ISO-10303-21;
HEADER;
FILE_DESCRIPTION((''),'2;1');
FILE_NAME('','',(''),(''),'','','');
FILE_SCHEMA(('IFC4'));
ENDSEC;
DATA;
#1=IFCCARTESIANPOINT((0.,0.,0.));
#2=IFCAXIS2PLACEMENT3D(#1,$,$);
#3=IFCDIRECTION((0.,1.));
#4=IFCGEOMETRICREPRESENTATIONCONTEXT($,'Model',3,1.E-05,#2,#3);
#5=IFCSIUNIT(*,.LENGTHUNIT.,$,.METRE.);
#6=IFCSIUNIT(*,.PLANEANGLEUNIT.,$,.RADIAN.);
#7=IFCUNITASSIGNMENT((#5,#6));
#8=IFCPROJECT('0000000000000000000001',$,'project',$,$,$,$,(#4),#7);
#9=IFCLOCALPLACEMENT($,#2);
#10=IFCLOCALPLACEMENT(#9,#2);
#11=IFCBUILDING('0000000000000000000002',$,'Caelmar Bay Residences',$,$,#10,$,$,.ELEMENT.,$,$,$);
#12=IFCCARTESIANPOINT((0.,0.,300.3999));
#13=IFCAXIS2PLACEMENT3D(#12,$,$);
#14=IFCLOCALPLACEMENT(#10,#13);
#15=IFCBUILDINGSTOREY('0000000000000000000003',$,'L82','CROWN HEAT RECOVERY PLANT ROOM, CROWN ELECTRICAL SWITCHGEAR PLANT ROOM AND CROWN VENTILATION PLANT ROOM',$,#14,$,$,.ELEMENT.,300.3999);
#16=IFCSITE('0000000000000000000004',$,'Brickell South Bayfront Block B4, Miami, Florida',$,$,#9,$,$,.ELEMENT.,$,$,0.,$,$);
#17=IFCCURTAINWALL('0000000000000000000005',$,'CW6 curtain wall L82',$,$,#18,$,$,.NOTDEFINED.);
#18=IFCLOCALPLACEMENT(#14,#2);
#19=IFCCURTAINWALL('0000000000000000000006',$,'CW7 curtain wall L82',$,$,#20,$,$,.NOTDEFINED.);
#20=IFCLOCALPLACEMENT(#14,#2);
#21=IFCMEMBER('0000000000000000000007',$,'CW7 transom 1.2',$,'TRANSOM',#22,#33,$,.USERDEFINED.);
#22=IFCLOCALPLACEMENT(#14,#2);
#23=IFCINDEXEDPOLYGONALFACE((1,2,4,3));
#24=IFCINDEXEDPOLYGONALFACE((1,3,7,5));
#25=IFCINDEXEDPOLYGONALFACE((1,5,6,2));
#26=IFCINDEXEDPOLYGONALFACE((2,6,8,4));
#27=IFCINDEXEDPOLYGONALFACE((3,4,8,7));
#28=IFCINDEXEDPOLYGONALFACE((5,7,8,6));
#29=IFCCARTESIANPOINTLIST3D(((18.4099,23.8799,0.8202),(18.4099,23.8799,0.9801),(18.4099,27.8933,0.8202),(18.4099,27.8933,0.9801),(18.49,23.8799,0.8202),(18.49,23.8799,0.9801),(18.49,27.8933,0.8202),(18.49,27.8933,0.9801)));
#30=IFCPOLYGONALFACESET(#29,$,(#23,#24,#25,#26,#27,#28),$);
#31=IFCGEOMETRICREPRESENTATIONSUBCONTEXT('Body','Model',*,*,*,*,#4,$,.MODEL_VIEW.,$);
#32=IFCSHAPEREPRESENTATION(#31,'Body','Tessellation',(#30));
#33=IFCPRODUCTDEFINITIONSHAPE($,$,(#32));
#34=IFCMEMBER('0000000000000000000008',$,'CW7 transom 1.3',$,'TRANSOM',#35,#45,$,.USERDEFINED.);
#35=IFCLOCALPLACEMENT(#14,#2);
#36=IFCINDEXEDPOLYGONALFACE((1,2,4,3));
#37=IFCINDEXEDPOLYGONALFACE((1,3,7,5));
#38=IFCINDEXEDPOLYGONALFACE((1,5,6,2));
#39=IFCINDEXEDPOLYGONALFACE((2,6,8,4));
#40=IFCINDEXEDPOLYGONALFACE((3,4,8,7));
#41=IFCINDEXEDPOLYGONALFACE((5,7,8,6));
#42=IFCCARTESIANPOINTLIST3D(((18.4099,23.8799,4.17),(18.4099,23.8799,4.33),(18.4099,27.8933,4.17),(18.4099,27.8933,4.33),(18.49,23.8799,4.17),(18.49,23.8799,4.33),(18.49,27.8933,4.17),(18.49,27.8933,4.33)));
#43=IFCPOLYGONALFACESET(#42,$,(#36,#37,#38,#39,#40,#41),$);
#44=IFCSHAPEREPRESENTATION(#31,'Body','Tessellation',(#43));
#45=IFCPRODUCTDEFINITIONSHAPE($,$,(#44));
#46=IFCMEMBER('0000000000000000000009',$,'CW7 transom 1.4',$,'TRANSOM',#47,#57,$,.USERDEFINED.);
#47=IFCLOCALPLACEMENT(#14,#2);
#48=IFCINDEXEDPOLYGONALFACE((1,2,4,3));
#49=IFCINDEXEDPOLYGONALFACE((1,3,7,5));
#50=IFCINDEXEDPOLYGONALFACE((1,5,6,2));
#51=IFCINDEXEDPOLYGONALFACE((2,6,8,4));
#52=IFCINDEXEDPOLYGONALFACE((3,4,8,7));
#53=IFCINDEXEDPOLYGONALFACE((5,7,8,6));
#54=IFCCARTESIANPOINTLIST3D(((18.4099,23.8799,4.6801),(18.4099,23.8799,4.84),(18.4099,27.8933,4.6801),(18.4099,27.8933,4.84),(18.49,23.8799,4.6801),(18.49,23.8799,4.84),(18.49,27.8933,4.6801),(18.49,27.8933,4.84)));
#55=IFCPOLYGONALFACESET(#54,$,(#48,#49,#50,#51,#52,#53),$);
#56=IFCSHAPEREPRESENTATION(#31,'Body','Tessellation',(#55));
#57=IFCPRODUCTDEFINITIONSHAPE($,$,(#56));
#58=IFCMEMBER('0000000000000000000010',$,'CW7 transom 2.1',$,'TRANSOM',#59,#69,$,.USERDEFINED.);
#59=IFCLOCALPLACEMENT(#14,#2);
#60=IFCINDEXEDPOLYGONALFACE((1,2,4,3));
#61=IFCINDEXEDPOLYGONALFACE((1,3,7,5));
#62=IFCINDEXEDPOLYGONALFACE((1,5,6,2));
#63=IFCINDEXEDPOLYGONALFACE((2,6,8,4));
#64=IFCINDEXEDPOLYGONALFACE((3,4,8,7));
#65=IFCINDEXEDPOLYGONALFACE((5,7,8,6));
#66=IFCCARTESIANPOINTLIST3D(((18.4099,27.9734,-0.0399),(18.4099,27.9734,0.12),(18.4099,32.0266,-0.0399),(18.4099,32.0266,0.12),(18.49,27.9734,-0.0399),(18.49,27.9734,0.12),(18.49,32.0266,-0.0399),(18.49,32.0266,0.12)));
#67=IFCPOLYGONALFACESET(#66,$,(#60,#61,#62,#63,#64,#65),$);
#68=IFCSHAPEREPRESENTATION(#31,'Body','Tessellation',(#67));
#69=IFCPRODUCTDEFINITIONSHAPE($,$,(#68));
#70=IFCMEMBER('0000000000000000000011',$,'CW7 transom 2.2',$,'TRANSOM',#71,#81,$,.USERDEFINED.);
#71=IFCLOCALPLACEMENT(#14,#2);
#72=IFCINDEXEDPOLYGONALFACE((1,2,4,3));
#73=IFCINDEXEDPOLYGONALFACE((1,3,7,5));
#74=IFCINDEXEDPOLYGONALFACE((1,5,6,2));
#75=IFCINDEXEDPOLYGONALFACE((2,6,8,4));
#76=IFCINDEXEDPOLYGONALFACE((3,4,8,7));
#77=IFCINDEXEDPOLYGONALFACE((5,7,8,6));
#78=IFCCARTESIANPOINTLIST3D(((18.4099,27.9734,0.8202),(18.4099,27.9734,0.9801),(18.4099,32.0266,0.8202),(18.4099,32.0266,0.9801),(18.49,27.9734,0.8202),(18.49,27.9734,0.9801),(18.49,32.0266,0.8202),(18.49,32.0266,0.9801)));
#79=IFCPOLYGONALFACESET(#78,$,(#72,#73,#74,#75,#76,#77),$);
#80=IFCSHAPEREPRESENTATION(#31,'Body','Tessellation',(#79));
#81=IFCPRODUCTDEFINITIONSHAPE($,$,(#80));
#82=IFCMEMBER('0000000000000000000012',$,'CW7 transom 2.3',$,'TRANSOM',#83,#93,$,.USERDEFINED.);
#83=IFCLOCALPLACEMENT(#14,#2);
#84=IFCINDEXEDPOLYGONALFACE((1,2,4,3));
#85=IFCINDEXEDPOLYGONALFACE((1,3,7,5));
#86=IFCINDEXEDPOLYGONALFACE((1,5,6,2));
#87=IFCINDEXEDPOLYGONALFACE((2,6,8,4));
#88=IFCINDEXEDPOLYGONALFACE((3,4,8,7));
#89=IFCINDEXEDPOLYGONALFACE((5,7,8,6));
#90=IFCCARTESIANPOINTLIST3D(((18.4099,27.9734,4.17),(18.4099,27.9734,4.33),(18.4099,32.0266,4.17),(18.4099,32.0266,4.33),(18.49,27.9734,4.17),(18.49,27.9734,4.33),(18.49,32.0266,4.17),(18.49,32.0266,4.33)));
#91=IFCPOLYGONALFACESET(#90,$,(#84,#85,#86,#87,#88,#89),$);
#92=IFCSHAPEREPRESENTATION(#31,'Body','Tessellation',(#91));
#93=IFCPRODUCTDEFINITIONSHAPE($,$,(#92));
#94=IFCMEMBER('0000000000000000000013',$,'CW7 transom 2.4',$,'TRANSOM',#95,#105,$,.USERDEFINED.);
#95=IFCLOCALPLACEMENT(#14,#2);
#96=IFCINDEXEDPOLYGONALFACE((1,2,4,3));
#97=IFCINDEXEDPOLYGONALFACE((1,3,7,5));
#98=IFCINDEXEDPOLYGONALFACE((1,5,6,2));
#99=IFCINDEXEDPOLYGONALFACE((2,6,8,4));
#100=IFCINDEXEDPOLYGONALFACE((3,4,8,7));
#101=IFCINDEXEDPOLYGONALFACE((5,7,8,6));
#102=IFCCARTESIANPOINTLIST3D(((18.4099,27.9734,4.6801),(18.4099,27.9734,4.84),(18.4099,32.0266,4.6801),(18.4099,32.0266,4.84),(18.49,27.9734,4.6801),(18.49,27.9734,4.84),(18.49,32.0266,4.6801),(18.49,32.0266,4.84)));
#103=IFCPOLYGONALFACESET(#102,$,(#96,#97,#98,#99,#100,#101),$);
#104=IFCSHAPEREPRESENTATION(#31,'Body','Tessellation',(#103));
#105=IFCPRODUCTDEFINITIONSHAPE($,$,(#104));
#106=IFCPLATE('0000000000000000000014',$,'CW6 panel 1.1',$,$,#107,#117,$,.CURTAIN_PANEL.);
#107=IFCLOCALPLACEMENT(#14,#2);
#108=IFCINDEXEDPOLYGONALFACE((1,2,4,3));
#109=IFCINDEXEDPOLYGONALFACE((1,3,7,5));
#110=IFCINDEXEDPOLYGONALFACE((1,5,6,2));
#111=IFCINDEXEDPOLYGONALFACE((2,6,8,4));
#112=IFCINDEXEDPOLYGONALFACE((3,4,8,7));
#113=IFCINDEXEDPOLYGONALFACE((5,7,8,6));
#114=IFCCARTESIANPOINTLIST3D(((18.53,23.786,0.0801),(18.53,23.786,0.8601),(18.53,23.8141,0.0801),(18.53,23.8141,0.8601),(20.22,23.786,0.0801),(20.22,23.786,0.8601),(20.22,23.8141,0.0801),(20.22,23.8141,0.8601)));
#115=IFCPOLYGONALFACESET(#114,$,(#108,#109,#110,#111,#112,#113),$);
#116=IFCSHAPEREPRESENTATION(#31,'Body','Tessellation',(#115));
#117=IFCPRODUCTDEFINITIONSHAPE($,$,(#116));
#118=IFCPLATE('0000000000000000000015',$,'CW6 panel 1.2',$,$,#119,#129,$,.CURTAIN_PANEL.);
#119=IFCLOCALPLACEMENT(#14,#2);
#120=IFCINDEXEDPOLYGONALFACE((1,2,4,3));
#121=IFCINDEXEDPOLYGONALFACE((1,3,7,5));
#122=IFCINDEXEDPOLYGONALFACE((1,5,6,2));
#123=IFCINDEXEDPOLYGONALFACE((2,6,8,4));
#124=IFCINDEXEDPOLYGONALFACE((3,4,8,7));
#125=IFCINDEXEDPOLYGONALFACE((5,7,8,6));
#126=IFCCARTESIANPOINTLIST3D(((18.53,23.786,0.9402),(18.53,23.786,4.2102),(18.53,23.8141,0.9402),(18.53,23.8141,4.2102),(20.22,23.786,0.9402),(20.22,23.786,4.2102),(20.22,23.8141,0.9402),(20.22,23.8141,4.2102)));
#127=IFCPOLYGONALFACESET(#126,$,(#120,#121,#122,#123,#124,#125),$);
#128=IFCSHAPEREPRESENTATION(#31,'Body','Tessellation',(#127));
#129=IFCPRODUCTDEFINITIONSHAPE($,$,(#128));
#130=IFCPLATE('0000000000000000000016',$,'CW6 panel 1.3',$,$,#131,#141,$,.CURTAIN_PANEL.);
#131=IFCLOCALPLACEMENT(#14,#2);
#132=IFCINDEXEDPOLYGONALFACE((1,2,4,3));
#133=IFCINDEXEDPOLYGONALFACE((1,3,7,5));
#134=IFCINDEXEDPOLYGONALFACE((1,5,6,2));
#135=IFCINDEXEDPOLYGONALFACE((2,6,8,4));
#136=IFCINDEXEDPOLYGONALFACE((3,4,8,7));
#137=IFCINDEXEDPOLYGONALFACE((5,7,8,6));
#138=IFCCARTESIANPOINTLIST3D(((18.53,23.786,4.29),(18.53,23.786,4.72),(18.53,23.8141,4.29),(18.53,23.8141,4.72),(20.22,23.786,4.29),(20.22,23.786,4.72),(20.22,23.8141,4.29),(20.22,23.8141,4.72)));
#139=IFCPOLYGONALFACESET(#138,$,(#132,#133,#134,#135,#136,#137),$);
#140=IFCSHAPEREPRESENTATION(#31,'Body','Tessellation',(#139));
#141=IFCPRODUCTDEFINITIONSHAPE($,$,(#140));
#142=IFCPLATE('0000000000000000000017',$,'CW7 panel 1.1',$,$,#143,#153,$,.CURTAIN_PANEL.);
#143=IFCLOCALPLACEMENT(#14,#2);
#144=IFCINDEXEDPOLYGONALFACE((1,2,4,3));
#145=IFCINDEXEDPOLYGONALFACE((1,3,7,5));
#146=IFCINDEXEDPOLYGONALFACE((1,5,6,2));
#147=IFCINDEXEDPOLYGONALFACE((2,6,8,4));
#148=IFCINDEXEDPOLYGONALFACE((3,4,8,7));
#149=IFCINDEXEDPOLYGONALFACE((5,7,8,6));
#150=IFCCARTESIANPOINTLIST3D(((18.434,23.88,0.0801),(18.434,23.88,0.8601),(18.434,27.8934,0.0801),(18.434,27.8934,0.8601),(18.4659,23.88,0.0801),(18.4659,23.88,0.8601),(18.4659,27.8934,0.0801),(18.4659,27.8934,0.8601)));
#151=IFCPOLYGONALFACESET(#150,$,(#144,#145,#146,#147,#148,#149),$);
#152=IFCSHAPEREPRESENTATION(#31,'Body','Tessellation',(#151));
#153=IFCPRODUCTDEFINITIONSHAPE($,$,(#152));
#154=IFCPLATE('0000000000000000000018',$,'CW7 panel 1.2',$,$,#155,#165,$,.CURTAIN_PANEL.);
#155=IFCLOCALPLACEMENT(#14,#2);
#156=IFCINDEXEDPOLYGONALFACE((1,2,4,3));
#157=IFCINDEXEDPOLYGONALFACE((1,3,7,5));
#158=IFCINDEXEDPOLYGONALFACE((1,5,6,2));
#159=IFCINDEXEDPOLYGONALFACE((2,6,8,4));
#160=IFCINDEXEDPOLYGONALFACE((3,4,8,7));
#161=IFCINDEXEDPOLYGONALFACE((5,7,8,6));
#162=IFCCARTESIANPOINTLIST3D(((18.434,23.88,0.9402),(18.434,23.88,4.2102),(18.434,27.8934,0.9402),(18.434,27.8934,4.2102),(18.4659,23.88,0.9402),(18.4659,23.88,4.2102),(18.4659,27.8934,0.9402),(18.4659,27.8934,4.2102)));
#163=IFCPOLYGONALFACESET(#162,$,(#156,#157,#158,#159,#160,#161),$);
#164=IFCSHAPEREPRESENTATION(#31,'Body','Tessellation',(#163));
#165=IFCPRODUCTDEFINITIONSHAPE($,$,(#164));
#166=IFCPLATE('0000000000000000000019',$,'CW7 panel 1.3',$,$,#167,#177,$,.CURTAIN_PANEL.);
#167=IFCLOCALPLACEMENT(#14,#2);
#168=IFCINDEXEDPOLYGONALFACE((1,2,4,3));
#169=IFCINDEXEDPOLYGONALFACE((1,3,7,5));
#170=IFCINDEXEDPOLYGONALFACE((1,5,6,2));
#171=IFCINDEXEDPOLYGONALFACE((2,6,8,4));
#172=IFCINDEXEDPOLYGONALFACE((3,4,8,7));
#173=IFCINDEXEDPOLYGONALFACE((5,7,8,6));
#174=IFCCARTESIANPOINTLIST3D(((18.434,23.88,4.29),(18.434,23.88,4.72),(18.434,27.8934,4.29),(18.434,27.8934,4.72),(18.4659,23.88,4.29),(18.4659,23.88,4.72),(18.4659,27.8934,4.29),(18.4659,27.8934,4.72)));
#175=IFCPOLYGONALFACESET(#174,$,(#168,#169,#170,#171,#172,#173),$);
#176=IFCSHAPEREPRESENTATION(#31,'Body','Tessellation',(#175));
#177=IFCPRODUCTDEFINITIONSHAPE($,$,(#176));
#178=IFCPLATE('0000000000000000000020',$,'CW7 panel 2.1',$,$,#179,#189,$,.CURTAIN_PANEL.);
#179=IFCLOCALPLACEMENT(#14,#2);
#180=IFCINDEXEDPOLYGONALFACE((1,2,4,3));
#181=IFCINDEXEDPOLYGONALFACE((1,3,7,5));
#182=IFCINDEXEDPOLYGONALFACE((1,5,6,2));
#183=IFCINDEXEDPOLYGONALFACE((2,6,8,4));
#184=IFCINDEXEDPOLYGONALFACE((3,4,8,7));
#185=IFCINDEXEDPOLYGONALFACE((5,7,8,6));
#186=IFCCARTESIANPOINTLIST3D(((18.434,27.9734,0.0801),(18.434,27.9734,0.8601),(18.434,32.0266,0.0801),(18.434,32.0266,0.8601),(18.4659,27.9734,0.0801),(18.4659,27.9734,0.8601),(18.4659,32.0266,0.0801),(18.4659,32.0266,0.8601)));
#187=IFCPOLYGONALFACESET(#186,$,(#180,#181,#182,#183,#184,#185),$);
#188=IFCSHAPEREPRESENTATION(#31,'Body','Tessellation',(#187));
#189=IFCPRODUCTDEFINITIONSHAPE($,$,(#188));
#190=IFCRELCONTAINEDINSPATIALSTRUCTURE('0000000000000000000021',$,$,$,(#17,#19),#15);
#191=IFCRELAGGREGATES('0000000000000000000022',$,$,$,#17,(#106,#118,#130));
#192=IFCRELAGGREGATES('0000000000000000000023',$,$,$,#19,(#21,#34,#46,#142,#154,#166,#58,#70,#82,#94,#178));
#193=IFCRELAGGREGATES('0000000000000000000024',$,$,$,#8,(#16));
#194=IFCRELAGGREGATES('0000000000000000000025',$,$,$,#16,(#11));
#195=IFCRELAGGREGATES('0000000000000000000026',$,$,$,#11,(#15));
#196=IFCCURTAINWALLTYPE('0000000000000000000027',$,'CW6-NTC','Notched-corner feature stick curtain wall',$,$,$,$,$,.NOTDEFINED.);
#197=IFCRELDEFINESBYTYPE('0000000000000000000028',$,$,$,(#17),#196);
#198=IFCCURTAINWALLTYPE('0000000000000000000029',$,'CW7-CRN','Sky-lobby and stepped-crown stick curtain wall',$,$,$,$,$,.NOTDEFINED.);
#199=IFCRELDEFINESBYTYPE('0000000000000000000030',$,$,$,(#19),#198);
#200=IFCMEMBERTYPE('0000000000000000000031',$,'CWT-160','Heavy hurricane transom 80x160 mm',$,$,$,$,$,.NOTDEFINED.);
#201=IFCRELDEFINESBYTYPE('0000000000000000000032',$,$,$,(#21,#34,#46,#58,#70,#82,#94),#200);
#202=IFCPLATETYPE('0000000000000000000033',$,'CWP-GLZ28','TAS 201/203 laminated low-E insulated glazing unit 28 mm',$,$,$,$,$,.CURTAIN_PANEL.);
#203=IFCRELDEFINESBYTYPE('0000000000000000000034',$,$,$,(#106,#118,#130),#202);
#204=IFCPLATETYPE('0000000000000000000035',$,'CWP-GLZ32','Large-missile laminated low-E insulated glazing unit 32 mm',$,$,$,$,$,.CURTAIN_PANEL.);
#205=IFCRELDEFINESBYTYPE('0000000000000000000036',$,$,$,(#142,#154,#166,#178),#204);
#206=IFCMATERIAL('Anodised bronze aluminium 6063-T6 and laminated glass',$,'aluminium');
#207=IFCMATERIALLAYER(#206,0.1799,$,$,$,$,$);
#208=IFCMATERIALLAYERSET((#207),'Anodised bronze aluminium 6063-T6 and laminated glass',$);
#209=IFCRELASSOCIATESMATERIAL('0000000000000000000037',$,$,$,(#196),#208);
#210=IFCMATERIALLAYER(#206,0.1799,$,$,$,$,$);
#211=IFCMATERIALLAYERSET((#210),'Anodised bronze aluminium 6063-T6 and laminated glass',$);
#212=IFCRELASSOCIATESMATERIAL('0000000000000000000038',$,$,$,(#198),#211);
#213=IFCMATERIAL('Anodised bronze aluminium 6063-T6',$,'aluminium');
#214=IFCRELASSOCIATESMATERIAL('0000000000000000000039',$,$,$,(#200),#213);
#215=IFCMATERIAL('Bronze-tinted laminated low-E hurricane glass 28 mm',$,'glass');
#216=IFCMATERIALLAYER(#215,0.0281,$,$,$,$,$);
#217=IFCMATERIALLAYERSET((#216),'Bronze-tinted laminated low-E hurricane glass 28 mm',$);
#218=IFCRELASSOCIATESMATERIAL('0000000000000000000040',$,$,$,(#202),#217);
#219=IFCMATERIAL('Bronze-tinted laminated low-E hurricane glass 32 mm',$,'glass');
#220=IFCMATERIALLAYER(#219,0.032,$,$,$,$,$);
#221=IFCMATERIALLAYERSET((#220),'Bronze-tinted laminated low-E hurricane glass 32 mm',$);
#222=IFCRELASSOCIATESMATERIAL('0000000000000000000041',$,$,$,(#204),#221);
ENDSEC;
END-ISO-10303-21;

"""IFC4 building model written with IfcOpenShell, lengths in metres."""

from ifc_helpers import new_model, si_unit, direction, frame, origin, origin_2d, place, context, subcontext, project, spatial, rectangle, extrude, material, layer, layer_set, material_profile, profile_set, type_object, element, aggregate, save


model = new_model("IFC4")

# Units and contexts
model_context = context("Model", 3, precision=1e-05, world=origin(), true_north=direction((0.0, 1.0)))
body_context = subcontext(model_context, "Body", "Model", "MODEL_VIEW")
ifc_project = project(units=[si_unit("LENGTHUNIT", "METRE"), si_unit("PLANEANGLEUNIT", "RADIAN")], contexts=[model_context])

# Site, building, storey
site_placement = place(None, origin())
site = spatial("IfcSite", under=ifc_project, at=site_placement, Name="Brickell South Bayfront Block B4, Miami, Florida", CompositionType="ELEMENT", RefElevation=0.0)
building_placement = place(site_placement, origin())
building = spatial("IfcBuilding", under=site, at=building_placement, Name="Caelmar Bay Residences", CompositionType="ELEMENT")
storey_placement = place(building_placement, frame((0.0, 0.0, 300.3999)))
storey = spatial("IfcBuildingStorey", under=building, at=storey_placement, Name="L82", Description="CROWN HEAT RECOVERY PLANT ROOM, CROWN ELECTRICAL SWITCHGEAR PLANT ROOM AND CROWN VENTILATION PLANT ROOM", CompositionType="ELEMENT", Elevation=300.3999)

# Curtain walls
ifc_material_1 = material(Name="Anodised bronze aluminium 6063-T6 and laminated glass", Category="aluminium")
ifc_layer_1 = layer(ifc_material_1, 0.1799)
ifc_layer_set_1 = layer_set([ifc_layer_1], Name="Anodised bronze aluminium 6063-T6 and laminated glass")
curtain_wall_type_1 = type_object("IfcCurtainWallType", Name="CW6-NTC", Description="Notched-corner feature stick curtain wall", PredefinedType="NOTDEFINED", material=ifc_layer_set_1)
curtain_wall_1_placement = place(storey_placement, origin())
curtain_wall_1 = element("IfcCurtainWall", 1, at=curtain_wall_1_placement, inside=storey, type_object=curtain_wall_type_1, Name="CW6 curtain wall L82", PredefinedType="NOTDEFINED")
ifc_material_2 = material(Name="Anodised bronze aluminium 6063-T6", Category="aluminium")
ifc_layer_2 = layer(ifc_material_1, 0.1799)
ifc_layer_set_2 = layer_set([ifc_layer_2], Name="Anodised bronze aluminium 6063-T6 and laminated glass")
curtain_wall_type_2 = type_object("IfcCurtainWallType", Name="CW7-CRN", Description="Sky-lobby and stepped-crown stick curtain wall", PredefinedType="NOTDEFINED", material=ifc_layer_set_2)
curtain_wall_2_placement = place(storey_placement, origin())
curtain_wall_2 = element("IfcCurtainWall", 2, at=curtain_wall_2_placement, inside=storey, type_object=curtain_wall_type_2, Name="CW7 curtain wall L82", PredefinedType="NOTDEFINED")

# Members
ifc_material_profile_1 = material_profile(ifc_material_2, rectangle(XDim=0.0801, YDim=0.1599, at=origin_2d()), Name="CWT-80X160")
ifc_profile_set_1 = profile_set([ifc_material_profile_1], Name="Anodised bronze aluminium 6063-T6")
member_type_1 = type_object("IfcMemberType", Name="CWT-160", Description="Heavy hurricane transom 80x160 mm", PredefinedType="NOTDEFINED", material=ifc_profile_set_1)
member_1_placement = place(storey_placement, frame((18.45, 23.8799, 0.9001), z_axis=(0.0, 1.0, 0.0), x_axis=(-1.0, 0.0, 0.0)))
member_1 = element("IfcMember", 3, at=member_1_placement, type_object=member_type_1, Name="CW7 transom 1.2", ObjectType="TRANSOM", PredefinedType="USERDEFINED", context=body_context, shape_type="SweptSolid", body=[
    extrude(rectangle(XDim=0.0801, YDim=0.1599, at=origin_2d()), origin(), (0.0, 0.0, 1.0), 4.0134),
])
member_2_placement = place(storey_placement, frame((18.45, 23.8799, 4.25), z_axis=(0.0, 1.0, 0.0), x_axis=(-1.0, 0.0, 0.0)))
member_2 = element("IfcMember", 4, at=member_2_placement, type_object=member_type_1, Name="CW7 transom 1.3", ObjectType="TRANSOM", PredefinedType="USERDEFINED", context=body_context, shape_type="SweptSolid", body=[
    extrude(rectangle(XDim=0.0801, YDim=0.1599, at=origin_2d()), origin(), (0.0, 0.0, 1.0), 4.0134),
])
member_3_placement = place(storey_placement, frame((18.45, 23.8799, 4.76), z_axis=(0.0, 1.0, 0.0), x_axis=(-1.0, 0.0, 0.0)))
member_3 = element("IfcMember", 5, at=member_3_placement, type_object=member_type_1, Name="CW7 transom 1.4", ObjectType="TRANSOM", PredefinedType="USERDEFINED", context=body_context, shape_type="SweptSolid", body=[
    extrude(rectangle(XDim=0.0801, YDim=0.1599, at=origin_2d()), origin(), (0.0, 0.0, 1.0), 4.0134),
])
member_4_placement = place(storey_placement, frame((18.45, 27.9734, 0.04), z_axis=(0.0, 1.0, 0.0), x_axis=(-1.0, 0.0, 0.0)))
member_4 = element("IfcMember", 6, at=member_4_placement, type_object=member_type_1, Name="CW7 transom 2.1", ObjectType="TRANSOM", PredefinedType="USERDEFINED", context=body_context, shape_type="SweptSolid", body=[
    extrude(rectangle(XDim=0.0801, YDim=0.1599, at=origin_2d()), origin(), (0.0, 0.0, 1.0), 4.0532),
])
member_5_placement = place(storey_placement, frame((18.45, 27.9734, 0.9001), z_axis=(0.0, 1.0, 0.0), x_axis=(-1.0, 0.0, 0.0)))
member_5 = element("IfcMember", 7, at=member_5_placement, type_object=member_type_1, Name="CW7 transom 2.2", ObjectType="TRANSOM", PredefinedType="USERDEFINED", context=body_context, shape_type="SweptSolid", body=[
    extrude(rectangle(XDim=0.0801, YDim=0.1599, at=origin_2d()), origin(), (0.0, 0.0, 1.0), 4.0532),
])
member_6_placement = place(storey_placement, frame((18.45, 27.9734, 4.25), z_axis=(0.0, 1.0, 0.0), x_axis=(-1.0, 0.0, 0.0)))
member_6 = element("IfcMember", 8, at=member_6_placement, type_object=member_type_1, Name="CW7 transom 2.3", ObjectType="TRANSOM", PredefinedType="USERDEFINED", context=body_context, shape_type="SweptSolid", body=[
    extrude(rectangle(XDim=0.0801, YDim=0.1599, at=origin_2d()), origin(), (0.0, 0.0, 1.0), 4.0532),
])
member_7_placement = place(storey_placement, frame((18.45, 27.9734, 4.76), z_axis=(0.0, 1.0, 0.0), x_axis=(-1.0, 0.0, 0.0)))
member_7 = element("IfcMember", 9, at=member_7_placement, type_object=member_type_1, Name="CW7 transom 2.4", ObjectType="TRANSOM", PredefinedType="USERDEFINED", context=body_context, shape_type="SweptSolid", body=[
    extrude(rectangle(XDim=0.0801, YDim=0.1599, at=origin_2d()), origin(), (0.0, 0.0, 1.0), 4.0532),
])

# Plates
ifc_material_3 = material(Name="Bronze-tinted laminated low-E hurricane glass 28 mm", Category="glass")
ifc_layer_3 = layer(ifc_material_3, 0.0281)
ifc_layer_set_3 = layer_set([ifc_layer_3], Name="Bronze-tinted laminated low-E hurricane glass 28 mm")
plate_type_1 = type_object("IfcPlateType", Name="CWP-GLZ28", Description="TAS 201/203 laminated low-E insulated glazing unit 28 mm", PredefinedType="CURTAIN_PANEL", material=ifc_layer_set_3)
plate_1_placement = place(storey_placement, frame((19.375, 23.8, 0.0801), z_axis=(0.0, 0.0, 1.0), x_axis=(1.0, 0.0, 0.0)))
plate_1 = element("IfcPlate", 10, at=plate_1_placement, type_object=plate_type_1, Name="CW6 panel 1.1", PredefinedType="CURTAIN_PANEL", context=body_context, shape_type="SweptSolid", body=[
    extrude(rectangle(XDim=1.6899, YDim=0.0281, at=origin_2d()), origin(), (0.0, 0.0, 1.0), 0.78),
])
plate_2_placement = place(storey_placement, frame((19.375, 23.8, 0.9402), z_axis=(0.0, 0.0, 1.0), x_axis=(1.0, 0.0, 0.0)))
plate_2 = element("IfcPlate", 11, at=plate_2_placement, type_object=plate_type_1, Name="CW6 panel 1.2", PredefinedType="CURTAIN_PANEL", context=body_context, shape_type="SweptSolid", body=[
    extrude(rectangle(XDim=1.6899, YDim=0.0281, at=origin_2d()), origin(), (0.0, 0.0, 1.0), 3.27),
])
plate_3_placement = place(storey_placement, frame((19.375, 23.8, 4.29), z_axis=(0.0, 0.0, 1.0), x_axis=(1.0, 0.0, 0.0)))
plate_3 = element("IfcPlate", 12, at=plate_3_placement, type_object=plate_type_1, Name="CW6 panel 1.3", PredefinedType="CURTAIN_PANEL", context=body_context, shape_type="SweptSolid", body=[
    extrude(rectangle(XDim=1.6899, YDim=0.0281, at=origin_2d()), origin(), (0.0, 0.0, 1.0), 0.4299),
])
aggregate(curtain_wall_1, [plate_1, plate_2, plate_3])
ifc_material_4 = material(Name="Bronze-tinted laminated low-E hurricane glass 32 mm", Category="glass")
ifc_layer_4 = layer(ifc_material_4, 0.032)
ifc_layer_set_4 = layer_set([ifc_layer_4], Name="Bronze-tinted laminated low-E hurricane glass 32 mm")
plate_type_2 = type_object("IfcPlateType", Name="CWP-GLZ32", Description="Large-missile laminated low-E insulated glazing unit 32 mm", PredefinedType="CURTAIN_PANEL", material=ifc_layer_set_4)
plate_4_placement = place(storey_placement, frame((18.45, 25.8867, 0.0801), z_axis=(0.0, 0.0, 1.0), x_axis=(0.0, 1.0, 0.0)))
plate_4 = element("IfcPlate", 13, at=plate_4_placement, type_object=plate_type_2, Name="CW7 panel 1.1", PredefinedType="CURTAIN_PANEL", context=body_context, shape_type="SweptSolid", body=[
    extrude(rectangle(XDim=4.0134, YDim=0.032, at=origin_2d()), origin(), (0.0, 0.0, 1.0), 0.78),
])
plate_5_placement = place(storey_placement, frame((18.45, 25.8867, 0.9402), z_axis=(0.0, 0.0, 1.0), x_axis=(0.0, 1.0, 0.0)))
plate_5 = element("IfcPlate", 14, at=plate_5_placement, type_object=plate_type_2, Name="CW7 panel 1.2", PredefinedType="CURTAIN_PANEL", context=body_context, shape_type="SweptSolid", body=[
    extrude(rectangle(XDim=4.0134, YDim=0.032, at=origin_2d()), origin(), (0.0, 0.0, 1.0), 3.27),
])
plate_6_placement = place(storey_placement, frame((18.45, 25.8867, 4.29), z_axis=(0.0, 0.0, 1.0), x_axis=(0.0, 1.0, 0.0)))
plate_6 = element("IfcPlate", 15, at=plate_6_placement, type_object=plate_type_2, Name="CW7 panel 1.3", PredefinedType="CURTAIN_PANEL", context=body_context, shape_type="SweptSolid", body=[
    extrude(rectangle(XDim=4.0134, YDim=0.032, at=origin_2d()), origin(), (0.0, 0.0, 1.0), 0.4299),
])
plate_7_placement = place(storey_placement, frame((18.45, 30.0, 0.0801), z_axis=(0.0, 0.0, 1.0), x_axis=(0.0, 1.0, 0.0)))
plate_7 = element("IfcPlate", 16, at=plate_7_placement, type_object=plate_type_2, Name="CW7 panel 2.1", PredefinedType="CURTAIN_PANEL", context=body_context, shape_type="SweptSolid", body=[
    extrude(rectangle(XDim=4.0532, YDim=0.032, at=origin_2d()), origin(), (0.0, 0.0, 1.0), 0.78),
])
aggregate(curtain_wall_2, [member_1, member_2, member_3, plate_4, plate_5, plate_6, member_4, member_5, member_6, member_7, plate_7])

save(model, "model.ifc")
